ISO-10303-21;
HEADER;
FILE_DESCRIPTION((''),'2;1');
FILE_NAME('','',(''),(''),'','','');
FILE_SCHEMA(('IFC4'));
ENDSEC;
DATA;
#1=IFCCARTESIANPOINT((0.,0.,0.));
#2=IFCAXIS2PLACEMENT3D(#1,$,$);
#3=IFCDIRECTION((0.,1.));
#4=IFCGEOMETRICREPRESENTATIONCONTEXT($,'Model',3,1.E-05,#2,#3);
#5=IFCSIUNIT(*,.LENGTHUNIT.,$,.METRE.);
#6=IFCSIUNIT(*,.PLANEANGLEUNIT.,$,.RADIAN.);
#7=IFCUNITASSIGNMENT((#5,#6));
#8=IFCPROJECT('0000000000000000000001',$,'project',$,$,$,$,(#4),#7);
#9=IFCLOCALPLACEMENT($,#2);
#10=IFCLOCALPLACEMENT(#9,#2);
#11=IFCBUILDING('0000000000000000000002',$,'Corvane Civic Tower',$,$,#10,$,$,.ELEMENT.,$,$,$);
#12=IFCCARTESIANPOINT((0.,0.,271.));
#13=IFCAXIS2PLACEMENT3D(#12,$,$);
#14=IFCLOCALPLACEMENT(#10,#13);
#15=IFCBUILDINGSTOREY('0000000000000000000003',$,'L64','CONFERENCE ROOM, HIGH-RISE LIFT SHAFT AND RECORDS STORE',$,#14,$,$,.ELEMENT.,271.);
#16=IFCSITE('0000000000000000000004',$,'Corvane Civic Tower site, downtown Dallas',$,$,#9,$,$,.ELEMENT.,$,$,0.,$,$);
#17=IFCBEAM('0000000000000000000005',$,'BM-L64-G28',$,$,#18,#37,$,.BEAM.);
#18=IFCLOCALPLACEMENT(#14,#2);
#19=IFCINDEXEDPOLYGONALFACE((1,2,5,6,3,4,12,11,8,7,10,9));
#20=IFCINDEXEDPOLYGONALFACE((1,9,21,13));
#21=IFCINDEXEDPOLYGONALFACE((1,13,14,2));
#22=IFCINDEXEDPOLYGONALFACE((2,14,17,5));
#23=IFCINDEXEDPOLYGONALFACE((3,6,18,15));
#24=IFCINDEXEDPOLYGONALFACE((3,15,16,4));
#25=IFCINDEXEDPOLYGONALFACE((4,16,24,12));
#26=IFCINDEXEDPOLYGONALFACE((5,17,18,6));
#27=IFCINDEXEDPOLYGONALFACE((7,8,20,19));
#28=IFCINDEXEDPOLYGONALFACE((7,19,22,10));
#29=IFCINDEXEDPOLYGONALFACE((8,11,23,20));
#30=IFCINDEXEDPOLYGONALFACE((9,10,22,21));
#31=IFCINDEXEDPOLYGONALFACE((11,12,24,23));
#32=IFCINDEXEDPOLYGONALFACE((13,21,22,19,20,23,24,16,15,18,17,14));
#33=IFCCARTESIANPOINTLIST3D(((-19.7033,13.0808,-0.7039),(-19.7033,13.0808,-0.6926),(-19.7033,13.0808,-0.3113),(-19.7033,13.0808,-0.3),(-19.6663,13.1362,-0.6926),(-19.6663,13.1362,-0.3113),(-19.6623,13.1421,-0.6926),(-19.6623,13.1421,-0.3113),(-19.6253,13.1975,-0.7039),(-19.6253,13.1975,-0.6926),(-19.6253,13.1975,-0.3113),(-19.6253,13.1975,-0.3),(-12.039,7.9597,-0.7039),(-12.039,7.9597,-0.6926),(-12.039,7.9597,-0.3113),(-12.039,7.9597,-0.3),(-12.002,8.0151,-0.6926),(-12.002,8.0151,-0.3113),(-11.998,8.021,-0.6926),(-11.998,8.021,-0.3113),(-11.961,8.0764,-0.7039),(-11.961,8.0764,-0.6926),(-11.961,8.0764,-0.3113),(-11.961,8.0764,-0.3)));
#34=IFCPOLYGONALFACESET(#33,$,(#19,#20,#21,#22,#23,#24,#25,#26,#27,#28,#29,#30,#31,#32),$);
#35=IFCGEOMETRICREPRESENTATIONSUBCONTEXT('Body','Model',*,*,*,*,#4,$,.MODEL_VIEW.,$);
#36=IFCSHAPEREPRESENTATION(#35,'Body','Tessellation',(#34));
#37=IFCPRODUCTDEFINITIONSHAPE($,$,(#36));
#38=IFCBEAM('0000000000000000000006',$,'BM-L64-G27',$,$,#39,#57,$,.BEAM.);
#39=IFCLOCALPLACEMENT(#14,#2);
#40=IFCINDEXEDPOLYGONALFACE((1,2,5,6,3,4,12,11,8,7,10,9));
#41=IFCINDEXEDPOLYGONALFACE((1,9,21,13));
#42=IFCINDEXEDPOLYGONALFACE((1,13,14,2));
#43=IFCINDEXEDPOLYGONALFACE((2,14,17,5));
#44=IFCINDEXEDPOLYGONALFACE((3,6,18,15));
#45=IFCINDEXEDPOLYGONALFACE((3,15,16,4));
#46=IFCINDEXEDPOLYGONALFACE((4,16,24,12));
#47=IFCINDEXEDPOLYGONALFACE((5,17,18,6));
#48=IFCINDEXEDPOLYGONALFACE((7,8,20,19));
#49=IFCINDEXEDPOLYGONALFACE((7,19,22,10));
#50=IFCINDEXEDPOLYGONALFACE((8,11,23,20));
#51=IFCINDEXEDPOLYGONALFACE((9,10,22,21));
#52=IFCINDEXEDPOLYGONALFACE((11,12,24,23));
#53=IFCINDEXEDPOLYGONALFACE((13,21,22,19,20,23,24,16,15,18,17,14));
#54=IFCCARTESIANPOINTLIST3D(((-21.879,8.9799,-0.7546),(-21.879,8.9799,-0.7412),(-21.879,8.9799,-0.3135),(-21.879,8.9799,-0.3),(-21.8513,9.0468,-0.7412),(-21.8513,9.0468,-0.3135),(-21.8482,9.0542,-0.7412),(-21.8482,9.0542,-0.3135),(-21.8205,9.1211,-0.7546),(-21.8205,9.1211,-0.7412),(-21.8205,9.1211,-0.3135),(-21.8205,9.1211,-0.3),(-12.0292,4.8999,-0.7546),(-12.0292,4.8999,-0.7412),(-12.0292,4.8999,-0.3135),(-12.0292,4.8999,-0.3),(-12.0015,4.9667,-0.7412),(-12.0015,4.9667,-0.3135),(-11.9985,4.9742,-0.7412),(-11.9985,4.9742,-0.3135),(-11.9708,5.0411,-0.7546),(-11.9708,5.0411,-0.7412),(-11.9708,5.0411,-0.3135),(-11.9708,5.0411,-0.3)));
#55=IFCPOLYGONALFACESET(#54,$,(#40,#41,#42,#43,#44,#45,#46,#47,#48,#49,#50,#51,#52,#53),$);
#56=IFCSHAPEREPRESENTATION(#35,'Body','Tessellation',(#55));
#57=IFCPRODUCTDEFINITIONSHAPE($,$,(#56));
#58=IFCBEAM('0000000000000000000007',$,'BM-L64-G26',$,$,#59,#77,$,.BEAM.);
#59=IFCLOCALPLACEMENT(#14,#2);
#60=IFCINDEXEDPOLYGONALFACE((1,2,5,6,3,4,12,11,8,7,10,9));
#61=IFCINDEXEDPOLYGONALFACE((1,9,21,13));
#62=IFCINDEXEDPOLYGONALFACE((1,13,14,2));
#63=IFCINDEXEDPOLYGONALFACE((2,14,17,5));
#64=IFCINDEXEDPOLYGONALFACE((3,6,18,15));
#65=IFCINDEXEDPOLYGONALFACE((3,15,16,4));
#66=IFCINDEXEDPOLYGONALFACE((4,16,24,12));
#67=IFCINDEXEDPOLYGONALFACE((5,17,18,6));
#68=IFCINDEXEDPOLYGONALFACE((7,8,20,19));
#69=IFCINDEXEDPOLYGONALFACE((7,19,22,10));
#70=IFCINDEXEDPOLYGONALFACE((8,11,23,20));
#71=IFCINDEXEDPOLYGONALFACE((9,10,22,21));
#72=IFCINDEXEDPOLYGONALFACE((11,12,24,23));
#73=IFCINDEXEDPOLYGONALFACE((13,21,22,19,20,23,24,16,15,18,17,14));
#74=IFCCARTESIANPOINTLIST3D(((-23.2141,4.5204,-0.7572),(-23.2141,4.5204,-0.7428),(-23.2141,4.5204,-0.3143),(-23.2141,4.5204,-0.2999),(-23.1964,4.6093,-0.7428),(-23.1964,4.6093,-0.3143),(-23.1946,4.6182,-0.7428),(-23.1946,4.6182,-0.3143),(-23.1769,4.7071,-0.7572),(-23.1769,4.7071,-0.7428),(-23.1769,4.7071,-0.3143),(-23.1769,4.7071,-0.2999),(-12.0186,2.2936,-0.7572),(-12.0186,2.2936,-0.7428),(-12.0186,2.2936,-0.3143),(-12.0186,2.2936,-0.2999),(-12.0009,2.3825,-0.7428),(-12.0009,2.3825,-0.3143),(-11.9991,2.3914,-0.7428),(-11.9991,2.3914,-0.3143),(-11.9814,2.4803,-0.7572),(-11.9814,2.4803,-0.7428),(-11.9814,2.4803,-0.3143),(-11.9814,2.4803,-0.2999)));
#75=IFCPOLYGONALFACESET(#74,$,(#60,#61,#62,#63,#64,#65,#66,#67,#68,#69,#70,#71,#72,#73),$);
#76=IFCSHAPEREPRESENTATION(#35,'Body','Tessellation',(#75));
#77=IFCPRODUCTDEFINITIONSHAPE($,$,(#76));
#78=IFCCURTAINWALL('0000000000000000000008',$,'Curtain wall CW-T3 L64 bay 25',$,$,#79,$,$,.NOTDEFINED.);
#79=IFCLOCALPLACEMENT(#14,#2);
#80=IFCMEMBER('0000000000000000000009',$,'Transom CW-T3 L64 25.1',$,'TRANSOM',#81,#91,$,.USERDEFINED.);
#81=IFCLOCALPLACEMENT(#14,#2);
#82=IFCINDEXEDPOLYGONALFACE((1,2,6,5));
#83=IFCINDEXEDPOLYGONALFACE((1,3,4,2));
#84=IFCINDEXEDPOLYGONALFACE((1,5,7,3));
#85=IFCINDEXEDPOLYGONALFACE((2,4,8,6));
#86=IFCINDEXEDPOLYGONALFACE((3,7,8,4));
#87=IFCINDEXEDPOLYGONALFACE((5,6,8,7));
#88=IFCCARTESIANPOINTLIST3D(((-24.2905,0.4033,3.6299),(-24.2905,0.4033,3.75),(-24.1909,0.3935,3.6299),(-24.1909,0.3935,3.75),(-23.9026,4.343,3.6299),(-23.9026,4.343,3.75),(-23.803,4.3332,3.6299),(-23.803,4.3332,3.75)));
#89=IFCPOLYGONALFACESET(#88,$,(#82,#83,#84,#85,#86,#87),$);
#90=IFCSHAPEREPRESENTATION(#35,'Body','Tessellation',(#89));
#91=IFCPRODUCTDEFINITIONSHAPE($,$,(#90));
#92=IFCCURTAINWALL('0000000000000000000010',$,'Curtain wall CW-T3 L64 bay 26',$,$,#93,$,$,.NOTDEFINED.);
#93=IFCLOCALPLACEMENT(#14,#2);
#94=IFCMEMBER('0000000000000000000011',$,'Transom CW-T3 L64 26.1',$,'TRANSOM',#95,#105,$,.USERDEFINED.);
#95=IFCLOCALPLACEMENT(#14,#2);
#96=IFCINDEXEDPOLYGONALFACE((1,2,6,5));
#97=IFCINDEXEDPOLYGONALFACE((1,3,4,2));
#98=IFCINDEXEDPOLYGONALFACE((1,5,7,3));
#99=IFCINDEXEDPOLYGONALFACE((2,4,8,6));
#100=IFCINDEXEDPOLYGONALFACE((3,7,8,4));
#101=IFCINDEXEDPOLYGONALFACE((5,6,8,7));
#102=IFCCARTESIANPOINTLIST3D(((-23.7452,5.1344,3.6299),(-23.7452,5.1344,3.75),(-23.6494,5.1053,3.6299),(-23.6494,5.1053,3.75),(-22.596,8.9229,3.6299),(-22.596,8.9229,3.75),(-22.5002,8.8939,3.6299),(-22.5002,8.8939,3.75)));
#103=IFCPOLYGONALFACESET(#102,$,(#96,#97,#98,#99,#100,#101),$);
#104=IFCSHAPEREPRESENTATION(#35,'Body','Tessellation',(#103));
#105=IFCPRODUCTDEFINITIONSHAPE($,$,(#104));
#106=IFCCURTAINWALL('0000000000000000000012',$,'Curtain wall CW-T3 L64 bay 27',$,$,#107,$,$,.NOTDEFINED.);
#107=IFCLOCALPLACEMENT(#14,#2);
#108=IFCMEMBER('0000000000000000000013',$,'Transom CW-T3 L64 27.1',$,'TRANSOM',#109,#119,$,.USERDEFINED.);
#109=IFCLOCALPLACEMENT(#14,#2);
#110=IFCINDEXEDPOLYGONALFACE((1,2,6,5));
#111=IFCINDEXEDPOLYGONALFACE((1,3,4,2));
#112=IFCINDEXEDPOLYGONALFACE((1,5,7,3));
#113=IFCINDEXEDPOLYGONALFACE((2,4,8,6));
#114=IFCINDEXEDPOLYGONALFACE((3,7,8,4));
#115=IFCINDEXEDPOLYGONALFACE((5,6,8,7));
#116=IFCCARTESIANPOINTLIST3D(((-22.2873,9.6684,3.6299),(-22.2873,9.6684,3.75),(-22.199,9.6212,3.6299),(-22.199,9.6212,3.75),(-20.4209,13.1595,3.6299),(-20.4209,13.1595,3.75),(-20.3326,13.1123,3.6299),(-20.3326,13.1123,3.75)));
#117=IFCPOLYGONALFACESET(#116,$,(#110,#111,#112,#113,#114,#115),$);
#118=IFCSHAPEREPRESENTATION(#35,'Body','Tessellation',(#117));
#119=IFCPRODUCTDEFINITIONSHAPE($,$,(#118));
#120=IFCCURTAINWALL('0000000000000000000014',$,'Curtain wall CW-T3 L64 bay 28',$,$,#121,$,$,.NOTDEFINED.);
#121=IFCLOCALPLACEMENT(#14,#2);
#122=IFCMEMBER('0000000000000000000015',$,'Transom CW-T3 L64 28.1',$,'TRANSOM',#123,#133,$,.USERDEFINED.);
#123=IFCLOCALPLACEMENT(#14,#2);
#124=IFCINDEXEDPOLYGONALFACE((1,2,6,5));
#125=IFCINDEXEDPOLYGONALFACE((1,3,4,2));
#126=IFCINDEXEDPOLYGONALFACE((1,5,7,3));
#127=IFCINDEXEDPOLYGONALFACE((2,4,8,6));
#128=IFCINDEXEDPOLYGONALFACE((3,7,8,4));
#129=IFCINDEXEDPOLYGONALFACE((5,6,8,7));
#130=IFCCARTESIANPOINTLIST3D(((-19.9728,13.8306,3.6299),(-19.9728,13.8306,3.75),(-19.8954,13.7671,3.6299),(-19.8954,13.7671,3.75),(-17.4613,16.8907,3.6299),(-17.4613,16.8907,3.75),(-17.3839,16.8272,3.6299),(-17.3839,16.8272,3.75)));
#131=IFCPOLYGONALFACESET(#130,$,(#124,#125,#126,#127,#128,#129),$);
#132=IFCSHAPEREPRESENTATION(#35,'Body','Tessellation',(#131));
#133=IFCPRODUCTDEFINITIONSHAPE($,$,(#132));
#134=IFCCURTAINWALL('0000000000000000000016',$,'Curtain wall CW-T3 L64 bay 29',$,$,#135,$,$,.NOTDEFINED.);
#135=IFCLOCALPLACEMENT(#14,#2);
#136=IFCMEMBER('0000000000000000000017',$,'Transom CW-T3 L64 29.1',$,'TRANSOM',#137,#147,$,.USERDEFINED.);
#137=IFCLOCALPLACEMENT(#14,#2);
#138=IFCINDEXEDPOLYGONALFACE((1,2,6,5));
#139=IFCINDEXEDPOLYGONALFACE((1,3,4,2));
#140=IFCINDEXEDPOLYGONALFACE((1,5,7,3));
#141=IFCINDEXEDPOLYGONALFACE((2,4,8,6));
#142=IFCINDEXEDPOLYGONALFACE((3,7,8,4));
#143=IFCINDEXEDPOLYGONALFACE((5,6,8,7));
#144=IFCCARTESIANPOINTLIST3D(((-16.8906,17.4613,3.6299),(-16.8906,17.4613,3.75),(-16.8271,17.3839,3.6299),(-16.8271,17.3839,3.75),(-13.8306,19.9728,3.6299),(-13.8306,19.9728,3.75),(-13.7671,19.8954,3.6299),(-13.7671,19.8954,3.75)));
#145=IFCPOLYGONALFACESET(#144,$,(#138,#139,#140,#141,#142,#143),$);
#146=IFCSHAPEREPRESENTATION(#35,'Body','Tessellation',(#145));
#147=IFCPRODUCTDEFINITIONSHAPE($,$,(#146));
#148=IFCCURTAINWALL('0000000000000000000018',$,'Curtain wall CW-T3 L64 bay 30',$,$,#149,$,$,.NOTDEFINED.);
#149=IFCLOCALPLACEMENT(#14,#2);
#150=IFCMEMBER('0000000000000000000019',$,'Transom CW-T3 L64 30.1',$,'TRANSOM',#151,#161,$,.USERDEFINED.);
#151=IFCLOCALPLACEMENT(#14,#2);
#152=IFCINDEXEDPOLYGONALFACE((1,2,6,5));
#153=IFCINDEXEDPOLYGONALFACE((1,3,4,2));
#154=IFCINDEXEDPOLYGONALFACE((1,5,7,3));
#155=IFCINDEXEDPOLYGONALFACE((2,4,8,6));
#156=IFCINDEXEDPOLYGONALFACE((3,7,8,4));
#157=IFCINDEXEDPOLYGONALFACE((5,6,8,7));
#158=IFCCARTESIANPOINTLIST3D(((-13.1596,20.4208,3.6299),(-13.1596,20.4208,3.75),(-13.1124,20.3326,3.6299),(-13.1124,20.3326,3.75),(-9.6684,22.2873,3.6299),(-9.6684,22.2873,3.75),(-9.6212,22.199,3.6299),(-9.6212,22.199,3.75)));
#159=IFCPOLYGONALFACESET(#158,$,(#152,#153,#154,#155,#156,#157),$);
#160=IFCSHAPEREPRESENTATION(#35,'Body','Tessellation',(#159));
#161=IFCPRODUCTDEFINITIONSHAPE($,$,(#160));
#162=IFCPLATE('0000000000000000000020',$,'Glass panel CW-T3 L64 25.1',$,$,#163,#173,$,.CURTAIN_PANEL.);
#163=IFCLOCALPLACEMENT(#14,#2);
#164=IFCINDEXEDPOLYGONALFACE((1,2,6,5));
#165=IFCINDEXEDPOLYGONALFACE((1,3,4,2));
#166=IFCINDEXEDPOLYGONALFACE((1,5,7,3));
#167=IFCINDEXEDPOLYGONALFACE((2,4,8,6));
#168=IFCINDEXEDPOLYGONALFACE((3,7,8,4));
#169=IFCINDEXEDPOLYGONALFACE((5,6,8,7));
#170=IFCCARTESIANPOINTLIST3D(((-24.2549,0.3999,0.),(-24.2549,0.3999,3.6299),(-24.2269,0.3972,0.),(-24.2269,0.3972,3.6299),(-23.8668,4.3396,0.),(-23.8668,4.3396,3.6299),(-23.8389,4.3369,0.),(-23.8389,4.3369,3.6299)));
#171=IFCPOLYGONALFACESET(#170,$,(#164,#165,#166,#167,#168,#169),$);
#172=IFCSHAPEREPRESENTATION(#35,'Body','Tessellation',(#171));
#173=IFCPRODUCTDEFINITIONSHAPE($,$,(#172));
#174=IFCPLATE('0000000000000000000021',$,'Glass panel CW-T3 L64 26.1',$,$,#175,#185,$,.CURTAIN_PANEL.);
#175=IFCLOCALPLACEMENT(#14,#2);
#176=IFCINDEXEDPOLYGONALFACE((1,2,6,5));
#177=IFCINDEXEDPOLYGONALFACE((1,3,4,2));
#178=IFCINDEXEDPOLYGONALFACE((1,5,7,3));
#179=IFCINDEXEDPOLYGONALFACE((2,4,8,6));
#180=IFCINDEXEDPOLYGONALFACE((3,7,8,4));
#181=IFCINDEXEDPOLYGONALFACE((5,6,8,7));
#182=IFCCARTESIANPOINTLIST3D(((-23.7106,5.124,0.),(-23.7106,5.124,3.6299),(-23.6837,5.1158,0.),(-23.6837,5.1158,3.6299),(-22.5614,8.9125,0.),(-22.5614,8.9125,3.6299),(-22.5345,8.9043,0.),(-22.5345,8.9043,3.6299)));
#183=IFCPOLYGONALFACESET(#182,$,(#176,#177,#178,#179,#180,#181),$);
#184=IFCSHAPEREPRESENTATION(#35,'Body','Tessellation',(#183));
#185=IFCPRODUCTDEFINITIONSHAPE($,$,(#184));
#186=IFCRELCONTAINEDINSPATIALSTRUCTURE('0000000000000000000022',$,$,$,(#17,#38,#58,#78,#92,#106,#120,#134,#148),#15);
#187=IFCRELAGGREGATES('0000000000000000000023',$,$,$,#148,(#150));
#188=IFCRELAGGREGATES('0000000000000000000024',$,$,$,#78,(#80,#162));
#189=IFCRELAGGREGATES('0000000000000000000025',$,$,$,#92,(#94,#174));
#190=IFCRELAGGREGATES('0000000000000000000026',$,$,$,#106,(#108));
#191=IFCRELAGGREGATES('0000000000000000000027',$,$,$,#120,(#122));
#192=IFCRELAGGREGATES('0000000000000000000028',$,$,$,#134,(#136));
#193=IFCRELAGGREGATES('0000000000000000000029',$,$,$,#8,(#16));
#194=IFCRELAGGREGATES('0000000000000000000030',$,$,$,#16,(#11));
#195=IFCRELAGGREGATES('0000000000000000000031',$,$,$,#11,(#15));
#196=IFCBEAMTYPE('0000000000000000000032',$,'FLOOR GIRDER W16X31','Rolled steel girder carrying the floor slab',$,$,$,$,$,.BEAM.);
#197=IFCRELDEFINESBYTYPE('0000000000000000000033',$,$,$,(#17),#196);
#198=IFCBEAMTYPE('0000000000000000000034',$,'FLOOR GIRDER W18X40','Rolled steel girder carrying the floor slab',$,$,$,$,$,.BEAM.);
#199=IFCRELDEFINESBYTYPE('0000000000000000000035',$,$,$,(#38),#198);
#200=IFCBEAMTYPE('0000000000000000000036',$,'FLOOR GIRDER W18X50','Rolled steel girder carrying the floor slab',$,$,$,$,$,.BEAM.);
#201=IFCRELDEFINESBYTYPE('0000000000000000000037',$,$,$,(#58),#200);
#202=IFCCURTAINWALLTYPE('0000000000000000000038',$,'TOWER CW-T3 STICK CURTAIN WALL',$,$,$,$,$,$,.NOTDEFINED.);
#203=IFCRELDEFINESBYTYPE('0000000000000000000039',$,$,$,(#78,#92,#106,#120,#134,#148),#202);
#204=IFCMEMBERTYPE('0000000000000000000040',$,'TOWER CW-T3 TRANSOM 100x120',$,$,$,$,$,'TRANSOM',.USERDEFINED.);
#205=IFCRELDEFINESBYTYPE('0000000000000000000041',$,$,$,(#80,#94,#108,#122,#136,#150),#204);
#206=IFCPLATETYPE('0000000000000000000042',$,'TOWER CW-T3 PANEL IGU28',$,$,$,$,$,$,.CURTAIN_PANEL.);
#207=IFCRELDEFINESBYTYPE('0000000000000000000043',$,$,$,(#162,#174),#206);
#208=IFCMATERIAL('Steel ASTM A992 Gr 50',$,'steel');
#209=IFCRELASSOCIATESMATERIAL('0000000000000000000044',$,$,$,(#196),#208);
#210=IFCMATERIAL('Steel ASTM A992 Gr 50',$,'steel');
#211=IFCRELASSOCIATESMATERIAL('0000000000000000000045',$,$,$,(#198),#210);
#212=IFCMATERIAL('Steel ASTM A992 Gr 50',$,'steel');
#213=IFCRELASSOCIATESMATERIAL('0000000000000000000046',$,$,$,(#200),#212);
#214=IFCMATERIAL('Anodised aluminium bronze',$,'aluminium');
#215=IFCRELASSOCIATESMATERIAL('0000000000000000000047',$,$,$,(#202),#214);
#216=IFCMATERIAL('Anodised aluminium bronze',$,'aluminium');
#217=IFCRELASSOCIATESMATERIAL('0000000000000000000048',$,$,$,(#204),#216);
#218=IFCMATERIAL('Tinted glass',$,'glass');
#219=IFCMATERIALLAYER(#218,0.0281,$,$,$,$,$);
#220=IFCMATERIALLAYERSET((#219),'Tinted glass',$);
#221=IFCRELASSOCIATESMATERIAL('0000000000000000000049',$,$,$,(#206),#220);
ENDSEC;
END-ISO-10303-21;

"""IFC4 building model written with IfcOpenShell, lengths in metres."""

from ifc_helpers import new_model, si_unit, direction, frame, origin, origin_2d, place, context, subcontext, project, spatial, rectangle, i_section, extrude, material, layer, layer_set, material_profile, profile_set, type_object, element, aggregate, save


model = new_model("IFC4")

# Units and contexts
model_context = context("Model", 3, precision=1e-05, world=origin(), true_north=direction((0.0, 1.0)))
body_context = subcontext(model_context, "Body", "Model", "MODEL_VIEW")
ifc_project = project(units=[si_unit("LENGTHUNIT", "METRE"), si_unit("PLANEANGLEUNIT", "RADIAN")], contexts=[model_context])

# Site, building, storey
site_placement = place(None, origin())
site = spatial("IfcSite", under=ifc_project, at=site_placement, Name="Corvane Civic Tower site, downtown Dallas", CompositionType="ELEMENT", RefElevation=0.0)
building_placement = place(site_placement, origin())
building = spatial("IfcBuilding", under=site, at=building_placement, Name="Corvane Civic Tower", CompositionType="ELEMENT")
storey_placement = place(building_placement, frame((0.0, 0.0, 271.0)))
storey = spatial("IfcBuildingStorey", under=building, at=storey_placement, Name="L64", Description="CONFERENCE ROOM, HIGH-RISE LIFT SHAFT AND RECORDS STORE", CompositionType="ELEMENT", Elevation=271.0)

# Beams
ifc_material_1 = material(Name="Steel ASTM A992 Gr 50", Category="steel")
ifc_material_profile_1 = material_profile(ifc_material_1, i_section(OverallWidth=0.1404, OverallDepth=0.4038, WebThickness=0.0071, FlangeThickness=0.0112, at=origin_2d()), Name="W16X31")
ifc_profile_set_1 = profile_set([ifc_material_profile_1], Name="Steel ASTM A992 Gr 50")
beam_type_1 = type_object("IfcBeamType", Name="FLOOR GIRDER W16X31", Description="Rolled steel girder carrying the floor slab", PredefinedType="BEAM", material=ifc_profile_set_1)
beam_1_placement = place(storey_placement, frame((-12.0, 8.0181, -0.502), z_axis=(-0.831471, 0.555568, 0.0), x_axis=(-0.555568, -0.831471, 0.0)))
element("IfcBeam", 1, at=beam_1_placement, inside=storey, type_object=beam_type_1, Name="BM-L64-G28", PredefinedType="BEAM", context=body_context, shape_type="SweptSolid", body=[
    extrude(i_section(OverallWidth=0.1404, OverallDepth=0.4038, WebThickness=0.0071, FlangeThickness=0.0112, at=origin_2d()), origin(), (0.0, 0.0, 1.0), 9.2178),
])
ifc_material_2 = material(Name="Steel ASTM A992 Gr 50", Category="steel")
ifc_material_profile_2 = material_profile(ifc_material_2, i_section(OverallWidth=0.1528, OverallDepth=0.4546, WebThickness=0.0081, FlangeThickness=0.0134, at=origin_2d()), Name="W18X40")
ifc_profile_set_2 = profile_set([ifc_material_profile_2], Name="Steel ASTM A992 Gr 50")
beam_type_2 = type_object("IfcBeamType", Name="FLOOR GIRDER W18X40", Description="Rolled steel girder carrying the floor slab", PredefinedType="BEAM", material=ifc_profile_set_2)
beam_2_placement = place(storey_placement, frame((-12.0, 4.9705, -0.5273), z_axis=(-0.923875, 0.382694, 0.0), x_axis=(-0.382694, -0.923875, 0.0)))
element("IfcBeam", 2, at=beam_2_placement, inside=storey, type_object=beam_type_2, Name="BM-L64-G27", PredefinedType="BEAM", context=body_context, shape_type="SweptSolid", body=[
    extrude(i_section(OverallWidth=0.1528, OverallDepth=0.4546, WebThickness=0.0081, FlangeThickness=0.0134, at=origin_2d()), origin(), (0.0, 0.0, 1.0), 10.6614),
])
ifc_material_3 = material(Name="Steel ASTM A992 Gr 50", Category="steel")
ifc_material_profile_3 = material_profile(ifc_material_3, i_section(OverallWidth=0.1904, OverallDepth=0.4573, WebThickness=0.009, FlangeThickness=0.0144, at=origin_2d()), Name="W18X50")
ifc_profile_set_3 = profile_set([ifc_material_profile_3], Name="Steel ASTM A992 Gr 50")
beam_type_3 = type_object("IfcBeamType", Name="FLOOR GIRDER W18X50", Description="Rolled steel girder carrying the floor slab", PredefinedType="BEAM", material=ifc_profile_set_3)
beam_3_placement = place(storey_placement, frame((-12.0, 2.387, -0.5286), z_axis=(-0.980787, 0.19508, 0.0), x_axis=(-0.19508, -0.980787, 0.0)))
element("IfcBeam", 3, at=beam_3_placement, inside=storey, type_object=beam_type_3, Name="BM-L64-G26", PredefinedType="BEAM", context=body_context, shape_type="SweptSolid", body=[
    extrude(i_section(OverallWidth=0.1904, OverallDepth=0.4573, WebThickness=0.009, FlangeThickness=0.0144, at=origin_2d()), origin(), (0.0, 0.0, 1.0), 11.4148),
])

# Curtain walls, members
ifc_material_4 = material(Name="Anodised aluminium bronze", Category="aluminium")
curtain_wall_type = type_object("IfcCurtainWallType", Name="TOWER CW-T3 STICK CURTAIN WALL", PredefinedType="NOTDEFINED", material=ifc_material_4)
curtain_wall_1_placement = place(storey_placement, origin())
curtain_wall_1 = element("IfcCurtainWall", 4, at=curtain_wall_1_placement, inside=storey, type_object=curtain_wall_type, Name="Curtain wall CW-T3 L64 bay 25", PredefinedType="NOTDEFINED")
ifc_material_5 = material(Name="Anodised aluminium bronze", Category="aluminium")
ifc_material_profile_4 = material_profile(ifc_material_5, rectangle(XDim=0.1001, YDim=0.1201, at=origin_2d()), Name="TOWER CW-T3 TRANSOM 100x120")
ifc_profile_set_4 = profile_set([ifc_material_profile_4], Name="Anodised aluminium bronze")
member_type = type_object("IfcMemberType", Name="TOWER CW-T3 TRANSOM 100x120", ElementType="TRANSOM", PredefinedType="USERDEFINED", material=ifc_profile_set_4)
member_1_placement = place(storey_placement, frame((-24.2407, 0.3984, 3.6899), z_axis=(0.097995, 0.995187, 0.0), x_axis=(-0.995187, 0.097995, 0.0)))
member_1 = element("IfcMember", 5, at=member_1_placement, type_object=member_type, Name="Transom CW-T3 L64 25.1", ObjectType="TRANSOM", PredefinedType="USERDEFINED", context=body_context, shape_type="SweptSolid", body=[
    extrude(rectangle(XDim=0.1001, YDim=0.1201, at=origin_2d()), origin(), (0.0, 0.0, 1.0), 3.9587),
])
curtain_wall_2_placement = place(storey_placement, origin())
curtain_wall_2 = element("IfcCurtainWall", 6, at=curtain_wall_2_placement, inside=storey, type_object=curtain_wall_type, Name="Curtain wall CW-T3 L64 bay 26", PredefinedType="NOTDEFINED")
member_2_placement = place(storey_placement, frame((-23.6973, 5.1199, 3.6899), z_axis=(0.290266, 0.956946, 0.0), x_axis=(-0.956946, 0.290266, 0.0)))
member_2 = element("IfcMember", 7, at=member_2_placement, type_object=member_type, Name="Transom CW-T3 L64 26.1", ObjectType="TRANSOM", PredefinedType="USERDEFINED", context=body_context, shape_type="SweptSolid", body=[
    extrude(rectangle(XDim=0.1001, YDim=0.1201, at=origin_2d()), origin(), (0.0, 0.0, 1.0), 3.959),
])
curtain_wall_3_placement = place(storey_placement, origin())
curtain_wall_3 = element("IfcCurtainWall", 8, at=curtain_wall_3_placement, inside=storey, type_object=curtain_wall_type, Name="Curtain wall CW-T3 L64 bay 27", PredefinedType="NOTDEFINED")
member_3_placement = place(storey_placement, frame((-22.2432, 9.6448, 3.6899), z_axis=(0.471468, 0.881883, 0.0), x_axis=(-0.881883, 0.471468, 0.0)))
member_3 = element("IfcMember", 9, at=member_3_placement, type_object=member_type, Name="Transom CW-T3 L64 27.1", ObjectType="TRANSOM", PredefinedType="USERDEFINED", context=body_context, shape_type="SweptSolid", body=[
    extrude(rectangle(XDim=0.1001, YDim=0.1201, at=origin_2d()), origin(), (0.0, 0.0, 1.0), 3.9587),
])
curtain_wall_4_placement = place(storey_placement, origin())
curtain_wall_4 = element("IfcCurtainWall", 10, at=curtain_wall_4_placement, inside=storey, type_object=curtain_wall_type, Name="Curtain wall CW-T3 L64 bay 28", PredefinedType="NOTDEFINED")
member_4_placement = place(storey_placement, frame((-19.9341, 13.7988, 3.6899), z_axis=(0.634416, 0.772992, 0.0), x_axis=(-0.772992, 0.634416, 0.0)))
member_4 = element("IfcMember", 11, at=member_4_placement, type_object=member_type, Name="Transom CW-T3 L64 28.1", ObjectType="TRANSOM", PredefinedType="USERDEFINED", context=body_context, shape_type="SweptSolid", body=[
    extrude(rectangle(XDim=0.1001, YDim=0.1201, at=origin_2d()), origin(), (0.0, 0.0, 1.0), 3.9587),
])
curtain_wall_5_placement = place(storey_placement, origin())
curtain_wall_5 = element("IfcCurtainWall", 12, at=curtain_wall_5_placement, inside=storey, type_object=curtain_wall_type, Name="Curtain wall CW-T3 L64 bay 29", PredefinedType="NOTDEFINED")
member_5_placement = place(storey_placement, frame((-16.8589, 17.4226, 3.6899), z_axis=(0.772992, 0.634416, 0.0), x_axis=(-0.634416, 0.772992, 0.0)))
member_5 = element("IfcMember", 13, at=member_5_placement, type_object=member_type, Name="Transom CW-T3 L64 29.1", ObjectType="TRANSOM", PredefinedType="USERDEFINED", context=body_context, shape_type="SweptSolid", body=[
    extrude(rectangle(XDim=0.1001, YDim=0.1201, at=origin_2d()), origin(), (0.0, 0.0, 1.0), 3.9587),
])
curtain_wall_6_placement = place(storey_placement, origin())
curtain_wall_6 = element("IfcCurtainWall", 14, at=curtain_wall_6_placement, inside=storey, type_object=curtain_wall_type, Name="Curtain wall CW-T3 L64 bay 30", PredefinedType="NOTDEFINED")
member_6_placement = place(storey_placement, frame((-13.136, 20.3767, 3.6899), z_axis=(0.881883, 0.471468, 0.0), x_axis=(-0.471468, 0.881883, 0.0)))
member_6 = element("IfcMember", 15, at=member_6_placement, type_object=member_type, Name="Transom CW-T3 L64 30.1", ObjectType="TRANSOM", PredefinedType="USERDEFINED", context=body_context, shape_type="SweptSolid", body=[
    extrude(rectangle(XDim=0.1001, YDim=0.1201, at=origin_2d()), origin(), (0.0, 0.0, 1.0), 3.9587),
])
aggregate(curtain_wall_6, [member_6])

# Plates
ifc_material_6 = material(Name="Tinted glass", Category="glass")
ifc_layer_1 = layer(ifc_material_6, 0.0281)
ifc_layer_set_1 = layer_set([ifc_layer_1], Name="Tinted glass")
plate_type = type_object("IfcPlateType", Name="TOWER CW-T3 PANEL IGU28", PredefinedType="CURTAIN_PANEL", material=ifc_layer_set_1)
plate_1_placement = place(storey_placement, frame((-24.0469, 2.3684, 0.0), z_axis=(0.0, 0.0, 1.0), x_axis=(0.098021, 0.995184, 0.0)))
plate_1 = element("IfcPlate", 16, at=plate_1_placement, type_object=plate_type, Name="Glass panel CW-T3 L64 25.1", PredefinedType="CURTAIN_PANEL", context=body_context, shape_type="SweptSolid", body=[
    extrude(rectangle(XDim=3.9587, YDim=0.0281, at=origin_2d()), origin(), (0.0, 0.0, 1.0), 3.6299),
])
aggregate(curtain_wall_1, [member_1, plate_1])
plate_2_placement = place(storey_placement, frame((-23.1226, 7.0142, 0.0), z_axis=(0.0, 0.0, 1.0), x_axis=(0.290274, 0.956944, 0.0)))
plate_2 = element("IfcPlate", 17, at=plate_2_placement, type_object=plate_type, Name="Glass panel CW-T3 L64 26.1", PredefinedType="CURTAIN_PANEL", context=body_context, shape_type="SweptSolid", body=[
    extrude(rectangle(XDim=3.959, YDim=0.0281, at=origin_2d()), origin(), (0.0, 0.0, 1.0), 3.6299),
])
aggregate(curtain_wall_2, [member_2, plate_2])
aggregate(curtain_wall_3, [member_3])
aggregate(curtain_wall_4, [member_4])
aggregate(curtain_wall_5, [member_5])

save(model, "model.ifc")
